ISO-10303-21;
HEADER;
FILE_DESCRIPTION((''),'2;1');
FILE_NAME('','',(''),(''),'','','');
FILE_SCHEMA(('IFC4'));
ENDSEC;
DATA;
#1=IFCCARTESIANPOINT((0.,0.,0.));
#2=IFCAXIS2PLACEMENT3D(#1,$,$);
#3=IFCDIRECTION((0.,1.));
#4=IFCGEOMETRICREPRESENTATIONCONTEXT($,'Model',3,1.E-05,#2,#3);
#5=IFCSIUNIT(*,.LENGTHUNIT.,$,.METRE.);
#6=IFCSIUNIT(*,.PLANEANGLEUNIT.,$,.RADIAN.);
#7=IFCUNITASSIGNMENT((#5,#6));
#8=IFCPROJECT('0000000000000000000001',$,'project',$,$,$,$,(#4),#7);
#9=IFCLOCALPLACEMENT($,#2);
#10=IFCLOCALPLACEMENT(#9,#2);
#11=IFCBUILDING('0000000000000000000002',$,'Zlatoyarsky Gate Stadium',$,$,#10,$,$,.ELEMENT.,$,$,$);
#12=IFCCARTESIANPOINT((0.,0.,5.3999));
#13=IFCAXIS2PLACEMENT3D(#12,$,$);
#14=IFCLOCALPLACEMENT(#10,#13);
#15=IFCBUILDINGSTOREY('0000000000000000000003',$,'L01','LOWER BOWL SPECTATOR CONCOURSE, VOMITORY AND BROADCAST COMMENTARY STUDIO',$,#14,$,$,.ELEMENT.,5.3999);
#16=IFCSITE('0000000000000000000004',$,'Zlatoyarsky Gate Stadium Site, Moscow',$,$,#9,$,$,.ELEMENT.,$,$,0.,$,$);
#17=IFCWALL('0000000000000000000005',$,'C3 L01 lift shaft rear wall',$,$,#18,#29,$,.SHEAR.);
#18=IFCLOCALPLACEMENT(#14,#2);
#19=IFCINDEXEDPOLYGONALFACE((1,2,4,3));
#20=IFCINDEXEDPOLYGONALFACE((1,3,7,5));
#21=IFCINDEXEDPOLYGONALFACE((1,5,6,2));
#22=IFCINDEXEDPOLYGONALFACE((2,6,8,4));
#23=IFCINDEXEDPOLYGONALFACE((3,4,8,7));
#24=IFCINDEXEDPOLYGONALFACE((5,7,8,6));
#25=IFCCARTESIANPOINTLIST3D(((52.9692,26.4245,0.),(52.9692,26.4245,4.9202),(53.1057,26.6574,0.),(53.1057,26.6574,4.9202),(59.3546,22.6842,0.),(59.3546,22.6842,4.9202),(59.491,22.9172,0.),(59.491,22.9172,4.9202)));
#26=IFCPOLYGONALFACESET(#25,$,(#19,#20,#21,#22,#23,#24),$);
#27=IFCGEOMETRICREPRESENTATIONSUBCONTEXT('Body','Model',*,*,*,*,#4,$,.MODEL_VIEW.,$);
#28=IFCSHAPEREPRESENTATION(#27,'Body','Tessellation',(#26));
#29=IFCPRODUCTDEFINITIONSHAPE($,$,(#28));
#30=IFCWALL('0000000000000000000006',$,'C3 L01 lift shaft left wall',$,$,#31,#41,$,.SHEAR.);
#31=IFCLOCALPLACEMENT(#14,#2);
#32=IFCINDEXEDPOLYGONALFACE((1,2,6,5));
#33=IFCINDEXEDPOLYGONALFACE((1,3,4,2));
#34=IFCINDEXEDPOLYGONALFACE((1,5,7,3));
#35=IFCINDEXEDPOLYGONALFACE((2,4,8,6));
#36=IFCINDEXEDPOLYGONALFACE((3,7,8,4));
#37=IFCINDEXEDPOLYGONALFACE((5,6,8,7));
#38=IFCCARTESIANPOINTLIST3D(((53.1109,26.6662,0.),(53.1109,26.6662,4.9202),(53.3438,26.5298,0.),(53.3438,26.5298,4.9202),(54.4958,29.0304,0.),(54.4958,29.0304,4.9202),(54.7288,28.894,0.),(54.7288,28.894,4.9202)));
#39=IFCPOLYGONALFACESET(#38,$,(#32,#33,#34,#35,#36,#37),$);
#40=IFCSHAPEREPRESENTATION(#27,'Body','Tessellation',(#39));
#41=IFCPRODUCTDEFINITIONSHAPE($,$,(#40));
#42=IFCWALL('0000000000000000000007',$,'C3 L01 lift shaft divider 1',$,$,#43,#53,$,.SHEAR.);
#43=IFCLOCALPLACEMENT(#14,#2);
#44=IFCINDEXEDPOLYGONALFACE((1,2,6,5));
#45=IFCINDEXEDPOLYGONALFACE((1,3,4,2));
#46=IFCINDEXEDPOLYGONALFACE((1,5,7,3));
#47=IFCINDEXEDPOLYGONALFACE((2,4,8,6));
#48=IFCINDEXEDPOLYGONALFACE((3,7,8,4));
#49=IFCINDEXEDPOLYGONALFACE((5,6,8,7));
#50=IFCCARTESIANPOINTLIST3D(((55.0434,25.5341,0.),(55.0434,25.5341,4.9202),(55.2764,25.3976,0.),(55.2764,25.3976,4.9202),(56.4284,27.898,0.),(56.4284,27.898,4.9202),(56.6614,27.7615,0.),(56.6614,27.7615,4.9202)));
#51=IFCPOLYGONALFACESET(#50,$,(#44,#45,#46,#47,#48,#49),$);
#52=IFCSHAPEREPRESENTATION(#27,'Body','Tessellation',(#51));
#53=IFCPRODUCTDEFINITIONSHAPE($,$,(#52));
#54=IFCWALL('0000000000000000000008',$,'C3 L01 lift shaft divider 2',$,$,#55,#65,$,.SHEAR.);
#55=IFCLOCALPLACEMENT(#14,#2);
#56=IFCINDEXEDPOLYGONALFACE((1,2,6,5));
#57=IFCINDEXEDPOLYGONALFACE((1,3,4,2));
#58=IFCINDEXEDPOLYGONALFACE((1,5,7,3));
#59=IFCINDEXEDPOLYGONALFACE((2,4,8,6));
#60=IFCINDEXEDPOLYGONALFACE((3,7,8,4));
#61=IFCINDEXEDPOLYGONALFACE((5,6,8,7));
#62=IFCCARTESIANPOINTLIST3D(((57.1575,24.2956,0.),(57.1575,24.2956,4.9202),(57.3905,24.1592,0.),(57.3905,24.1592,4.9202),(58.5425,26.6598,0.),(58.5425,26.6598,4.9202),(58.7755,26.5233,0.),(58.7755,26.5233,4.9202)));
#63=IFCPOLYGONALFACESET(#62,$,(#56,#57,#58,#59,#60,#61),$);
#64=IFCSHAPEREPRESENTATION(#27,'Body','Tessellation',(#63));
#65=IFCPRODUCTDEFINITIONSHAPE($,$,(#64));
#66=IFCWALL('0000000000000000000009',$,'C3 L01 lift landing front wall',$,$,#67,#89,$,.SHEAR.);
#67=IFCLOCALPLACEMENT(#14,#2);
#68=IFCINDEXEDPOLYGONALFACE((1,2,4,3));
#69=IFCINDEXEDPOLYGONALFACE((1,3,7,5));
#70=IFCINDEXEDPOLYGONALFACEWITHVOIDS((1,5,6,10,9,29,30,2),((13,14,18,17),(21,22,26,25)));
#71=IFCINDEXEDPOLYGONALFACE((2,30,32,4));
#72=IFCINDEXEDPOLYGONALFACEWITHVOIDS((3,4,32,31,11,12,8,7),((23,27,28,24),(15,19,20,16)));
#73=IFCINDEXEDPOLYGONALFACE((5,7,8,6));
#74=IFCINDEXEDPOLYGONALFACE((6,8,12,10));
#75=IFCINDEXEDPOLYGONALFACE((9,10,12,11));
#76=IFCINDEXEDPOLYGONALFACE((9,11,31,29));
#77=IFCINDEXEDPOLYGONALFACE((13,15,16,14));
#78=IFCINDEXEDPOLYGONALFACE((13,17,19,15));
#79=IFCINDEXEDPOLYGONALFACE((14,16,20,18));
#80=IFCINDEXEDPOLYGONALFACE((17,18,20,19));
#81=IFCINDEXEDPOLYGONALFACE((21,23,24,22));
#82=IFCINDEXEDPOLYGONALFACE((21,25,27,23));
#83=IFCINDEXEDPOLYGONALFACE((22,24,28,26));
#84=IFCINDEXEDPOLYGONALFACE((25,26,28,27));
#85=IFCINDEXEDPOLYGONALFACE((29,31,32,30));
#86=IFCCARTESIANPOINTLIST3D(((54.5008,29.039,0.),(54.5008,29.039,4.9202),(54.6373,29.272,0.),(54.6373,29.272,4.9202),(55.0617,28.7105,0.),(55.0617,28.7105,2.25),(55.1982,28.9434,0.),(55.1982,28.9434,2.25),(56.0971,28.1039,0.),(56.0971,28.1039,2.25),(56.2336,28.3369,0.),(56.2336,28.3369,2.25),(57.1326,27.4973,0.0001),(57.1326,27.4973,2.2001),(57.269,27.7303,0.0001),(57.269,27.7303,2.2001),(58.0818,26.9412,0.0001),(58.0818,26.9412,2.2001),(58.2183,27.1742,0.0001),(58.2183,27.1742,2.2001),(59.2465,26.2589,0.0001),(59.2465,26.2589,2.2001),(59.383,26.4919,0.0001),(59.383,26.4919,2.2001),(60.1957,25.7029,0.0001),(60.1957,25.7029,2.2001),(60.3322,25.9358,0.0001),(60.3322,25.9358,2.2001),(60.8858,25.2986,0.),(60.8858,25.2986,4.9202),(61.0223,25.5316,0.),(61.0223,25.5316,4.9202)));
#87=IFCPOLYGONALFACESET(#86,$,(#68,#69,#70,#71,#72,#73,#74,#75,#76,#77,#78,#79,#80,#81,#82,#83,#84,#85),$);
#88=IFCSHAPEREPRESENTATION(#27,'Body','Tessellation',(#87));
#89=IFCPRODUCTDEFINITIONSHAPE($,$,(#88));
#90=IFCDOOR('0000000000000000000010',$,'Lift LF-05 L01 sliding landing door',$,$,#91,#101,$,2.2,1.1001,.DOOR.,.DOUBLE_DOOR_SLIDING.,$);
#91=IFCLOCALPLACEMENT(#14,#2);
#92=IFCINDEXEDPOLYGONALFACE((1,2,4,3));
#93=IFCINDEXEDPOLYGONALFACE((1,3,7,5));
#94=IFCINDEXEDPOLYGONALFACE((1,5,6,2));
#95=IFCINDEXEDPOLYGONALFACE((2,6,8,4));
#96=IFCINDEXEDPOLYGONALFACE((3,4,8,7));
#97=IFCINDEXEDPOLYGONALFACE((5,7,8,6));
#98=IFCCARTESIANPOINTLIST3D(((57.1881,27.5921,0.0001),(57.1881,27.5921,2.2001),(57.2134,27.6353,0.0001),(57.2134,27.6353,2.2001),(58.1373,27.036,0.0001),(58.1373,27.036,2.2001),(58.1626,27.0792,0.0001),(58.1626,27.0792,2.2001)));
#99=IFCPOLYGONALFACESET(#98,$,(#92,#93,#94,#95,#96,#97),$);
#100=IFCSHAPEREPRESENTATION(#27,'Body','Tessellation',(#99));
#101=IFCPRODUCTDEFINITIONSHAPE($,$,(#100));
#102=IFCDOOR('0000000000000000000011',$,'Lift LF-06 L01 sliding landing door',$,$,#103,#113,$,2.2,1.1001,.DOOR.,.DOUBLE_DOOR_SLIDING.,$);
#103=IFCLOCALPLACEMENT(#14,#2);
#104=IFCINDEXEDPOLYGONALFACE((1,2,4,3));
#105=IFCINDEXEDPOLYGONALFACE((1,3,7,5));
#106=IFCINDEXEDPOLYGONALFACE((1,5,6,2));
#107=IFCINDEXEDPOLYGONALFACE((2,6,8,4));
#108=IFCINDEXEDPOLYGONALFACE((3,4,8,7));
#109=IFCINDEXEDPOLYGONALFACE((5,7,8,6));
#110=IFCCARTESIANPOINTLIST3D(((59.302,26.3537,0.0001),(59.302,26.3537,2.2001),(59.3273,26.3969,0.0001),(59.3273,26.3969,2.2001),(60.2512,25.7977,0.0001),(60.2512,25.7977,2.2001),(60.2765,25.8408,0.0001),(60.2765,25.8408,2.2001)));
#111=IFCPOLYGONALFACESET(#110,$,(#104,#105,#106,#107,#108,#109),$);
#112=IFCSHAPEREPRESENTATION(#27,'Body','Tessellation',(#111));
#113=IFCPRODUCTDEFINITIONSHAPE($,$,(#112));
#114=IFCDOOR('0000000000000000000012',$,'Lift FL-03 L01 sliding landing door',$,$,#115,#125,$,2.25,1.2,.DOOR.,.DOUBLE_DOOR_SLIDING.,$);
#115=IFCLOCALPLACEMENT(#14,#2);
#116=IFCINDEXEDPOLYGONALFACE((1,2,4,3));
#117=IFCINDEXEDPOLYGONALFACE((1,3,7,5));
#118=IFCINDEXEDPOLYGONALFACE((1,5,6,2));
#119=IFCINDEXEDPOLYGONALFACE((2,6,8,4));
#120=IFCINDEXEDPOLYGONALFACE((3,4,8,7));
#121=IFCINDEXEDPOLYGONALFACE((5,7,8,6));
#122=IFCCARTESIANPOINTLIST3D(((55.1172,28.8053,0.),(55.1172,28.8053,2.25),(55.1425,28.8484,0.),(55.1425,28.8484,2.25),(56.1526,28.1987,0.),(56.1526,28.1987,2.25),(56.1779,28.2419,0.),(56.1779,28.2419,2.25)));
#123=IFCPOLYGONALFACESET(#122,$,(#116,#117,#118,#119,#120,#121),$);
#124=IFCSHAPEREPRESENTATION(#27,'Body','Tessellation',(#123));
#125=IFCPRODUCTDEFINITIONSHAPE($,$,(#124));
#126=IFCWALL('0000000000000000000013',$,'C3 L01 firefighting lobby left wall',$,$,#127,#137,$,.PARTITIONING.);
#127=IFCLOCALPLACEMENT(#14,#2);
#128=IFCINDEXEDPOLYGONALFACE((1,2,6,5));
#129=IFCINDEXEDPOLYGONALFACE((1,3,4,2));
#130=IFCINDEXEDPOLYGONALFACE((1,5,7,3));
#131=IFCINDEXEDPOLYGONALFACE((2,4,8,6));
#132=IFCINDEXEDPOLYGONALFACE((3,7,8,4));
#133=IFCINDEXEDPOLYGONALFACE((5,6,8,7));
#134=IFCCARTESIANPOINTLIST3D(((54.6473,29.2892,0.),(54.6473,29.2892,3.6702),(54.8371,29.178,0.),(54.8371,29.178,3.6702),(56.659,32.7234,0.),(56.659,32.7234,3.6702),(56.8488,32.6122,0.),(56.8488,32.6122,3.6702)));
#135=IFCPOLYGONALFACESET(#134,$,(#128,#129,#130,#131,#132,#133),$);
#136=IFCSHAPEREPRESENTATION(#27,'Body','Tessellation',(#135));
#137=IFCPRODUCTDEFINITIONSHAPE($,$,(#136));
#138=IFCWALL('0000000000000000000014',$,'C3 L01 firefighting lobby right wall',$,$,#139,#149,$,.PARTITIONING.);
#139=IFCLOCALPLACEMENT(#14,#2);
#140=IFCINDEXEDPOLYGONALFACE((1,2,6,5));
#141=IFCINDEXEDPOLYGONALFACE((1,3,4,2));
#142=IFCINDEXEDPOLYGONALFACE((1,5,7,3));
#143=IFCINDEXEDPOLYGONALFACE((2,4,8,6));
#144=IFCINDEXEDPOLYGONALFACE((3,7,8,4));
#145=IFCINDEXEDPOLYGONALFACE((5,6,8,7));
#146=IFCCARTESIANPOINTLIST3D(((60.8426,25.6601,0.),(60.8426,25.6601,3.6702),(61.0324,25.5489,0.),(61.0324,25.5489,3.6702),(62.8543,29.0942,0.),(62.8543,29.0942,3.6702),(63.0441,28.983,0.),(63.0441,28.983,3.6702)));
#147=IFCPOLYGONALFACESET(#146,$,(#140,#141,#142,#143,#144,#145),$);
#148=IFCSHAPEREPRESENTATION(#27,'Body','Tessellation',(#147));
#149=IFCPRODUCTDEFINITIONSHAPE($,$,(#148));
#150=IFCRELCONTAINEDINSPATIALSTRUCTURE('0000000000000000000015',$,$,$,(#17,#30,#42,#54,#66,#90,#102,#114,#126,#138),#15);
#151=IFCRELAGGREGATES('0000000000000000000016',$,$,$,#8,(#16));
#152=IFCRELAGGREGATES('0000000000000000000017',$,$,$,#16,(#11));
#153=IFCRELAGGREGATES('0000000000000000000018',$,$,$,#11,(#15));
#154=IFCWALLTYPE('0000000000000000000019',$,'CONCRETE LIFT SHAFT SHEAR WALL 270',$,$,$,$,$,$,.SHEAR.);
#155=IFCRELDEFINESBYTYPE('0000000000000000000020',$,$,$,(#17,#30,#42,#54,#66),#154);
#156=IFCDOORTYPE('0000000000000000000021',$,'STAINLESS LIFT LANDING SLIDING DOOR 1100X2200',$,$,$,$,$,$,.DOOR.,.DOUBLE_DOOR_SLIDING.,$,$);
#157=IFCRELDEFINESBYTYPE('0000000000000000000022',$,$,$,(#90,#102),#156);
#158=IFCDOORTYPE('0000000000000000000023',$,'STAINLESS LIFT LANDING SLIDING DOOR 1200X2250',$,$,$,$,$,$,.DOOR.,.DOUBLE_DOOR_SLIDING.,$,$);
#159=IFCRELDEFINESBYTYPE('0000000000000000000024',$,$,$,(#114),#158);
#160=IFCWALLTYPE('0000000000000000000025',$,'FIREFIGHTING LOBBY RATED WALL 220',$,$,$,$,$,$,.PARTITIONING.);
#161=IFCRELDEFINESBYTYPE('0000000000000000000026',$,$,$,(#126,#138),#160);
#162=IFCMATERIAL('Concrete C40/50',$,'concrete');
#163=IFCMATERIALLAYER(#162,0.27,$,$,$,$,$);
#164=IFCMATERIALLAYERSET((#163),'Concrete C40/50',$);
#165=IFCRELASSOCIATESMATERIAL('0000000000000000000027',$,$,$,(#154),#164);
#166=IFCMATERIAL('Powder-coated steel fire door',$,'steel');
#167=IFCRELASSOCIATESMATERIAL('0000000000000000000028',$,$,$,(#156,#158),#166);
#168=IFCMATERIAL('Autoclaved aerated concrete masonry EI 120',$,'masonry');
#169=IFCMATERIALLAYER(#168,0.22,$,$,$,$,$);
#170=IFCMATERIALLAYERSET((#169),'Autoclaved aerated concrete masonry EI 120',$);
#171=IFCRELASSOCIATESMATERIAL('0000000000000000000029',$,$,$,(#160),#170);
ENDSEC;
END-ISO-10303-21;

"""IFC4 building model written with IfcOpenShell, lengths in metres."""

from ifc_helpers import new_model, si_unit, direction, frame, frame_2d, origin, place, context, subcontext, project, spatial, rectangle, extrude, material, layer, layer_set, type_object, element, fill, save


model = new_model("IFC4")

# Units and contexts
model_context = context("Model", 3, precision=1e-05, world=origin(), true_north=direction((0.0, 1.0)))
body_context = subcontext(model_context, "Body", "Model", "MODEL_VIEW")
ifc_project = project(units=[si_unit("LENGTHUNIT", "METRE"), si_unit("PLANEANGLEUNIT", "RADIAN")], contexts=[model_context])

# Site, building, storey
site_placement = place(None, origin())
site = spatial("IfcSite", under=ifc_project, at=site_placement, Name="Zlatoyarsky Gate Stadium Site, Moscow", CompositionType="ELEMENT", RefElevation=0.0)
building_placement = place(site_placement, origin())
building = spatial("IfcBuilding", under=site, at=building_placement, Name="Zlatoyarsky Gate Stadium", CompositionType="ELEMENT")
storey_placement = place(building_placement, frame((0.0, 0.0, 5.3999)))
storey = spatial("IfcBuildingStorey", under=building, at=storey_placement, Name="L01", Description="LOWER BOWL SPECTATOR CONCOURSE, VOMITORY AND BROADCAST COMMENTARY STUDIO", CompositionType="ELEMENT", Elevation=5.3999)

# Shared definitions
ifc_material_1 = material(Name="Concrete C40/50", Category="concrete")

# Walls
ifc_layer_1 = layer(ifc_material_1, 0.27)
ifc_layer_set_1 = layer_set([ifc_layer_1], Name="Concrete C40/50")
wall_type_1 = type_object("IfcWallType", Name="CONCRETE LIFT SHAFT SHEAR WALL 270", PredefinedType="SHEAR", material=ifc_layer_set_1)
wall_1_placement = place(storey_placement, frame((53.0374, 26.541, 0.0), z_axis=(0.0, 0.0, 1.0), x_axis=(0.862866, -0.505433, 0.0)))
element("IfcWall", 1, at=wall_1_placement, inside=storey, type_object=wall_type_1, Name="C3 L01 lift shaft rear wall", PredefinedType="SHEAR", context=body_context, shape_type="SweptSolid", body=[
    extrude(rectangle(XDim=7.4001, YDim=0.27, at=frame_2d((3.7002, 0.0))), origin(), (0.0, 0.0, 1.0), 4.9202),
])
wall_2_placement = place(storey_placement, frame((53.2273, 26.5979, 0.0), z_axis=(0.0, 0.0, 1.0), x_axis=(0.505466, 0.862847, 0.0)))
element("IfcWall", 2, at=wall_2_placement, inside=storey, type_object=wall_type_1, Name="C3 L01 lift shaft left wall", PredefinedType="SHEAR", context=body_context, shape_type="SweptSolid", body=[
    extrude(rectangle(XDim=2.74, YDim=0.27, at=frame_2d((1.3701, 0.0))), origin(), (0.0, 0.0, 1.0), 4.9202),
])
wall_3_placement = place(storey_placement, frame((55.1599, 25.4658, 0.0), z_axis=(0.0, 0.0, 1.0), x_axis=(0.505505, 0.862824, 0.0)))
element("IfcWall", 3, at=wall_3_placement, inside=storey, type_object=wall_type_1, Name="C3 L01 lift shaft divider 1", PredefinedType="SHEAR", context=body_context, shape_type="SweptSolid", body=[
    extrude(rectangle(XDim=2.7397, YDim=0.27, at=frame_2d((1.3699, 0.0))), origin(), (0.0, 0.0, 1.0), 4.9202),
])
wall_4_placement = place(storey_placement, frame((57.2739, 24.2273, 0.0), z_axis=(0.0, 0.0, 1.0), x_axis=(0.505466, 0.862847, 0.0)))
element("IfcWall", 4, at=wall_4_placement, inside=storey, type_object=wall_type_1, Name="C3 L01 lift shaft divider 2", PredefinedType="SHEAR", context=body_context, shape_type="SweptSolid", body=[
    extrude(rectangle(XDim=2.74, YDim=0.27, at=frame_2d((1.3701, 0.0))), origin(), (0.0, 0.0, 1.0), 4.9202),
])

# Wall, openings, doors
wall_5_placement = place(storey_placement, frame((54.5691, 29.1555, 0.0), z_axis=(0.0, 0.0, 1.0), x_axis=(0.862843, -0.505472, 0.0)))
wall_5 = element("IfcWall", 5, at=wall_5_placement, inside=storey, type_object=wall_type_1, Name="C3 L01 lift landing front wall", PredefinedType="SHEAR", context=body_context, shape_type="SweptSolid", body=[
    extrude(rectangle(XDim=7.3999, YDim=0.27, at=frame_2d((3.7, 0.0))), origin(), (0.0, 0.0, 1.0), 4.9202),
])
opening_1_placement = place(wall_5_placement, frame((0.6499, 0.0, 0.0)))
opening_1 = element("IfcOpeningElement", 6, at=opening_1_placement, cuts=wall_5, PredefinedType="OPENING", context=body_context, shape_type="SweptSolid", body=[
    extrude(rectangle(XDim=1.2, YDim=2.25, at=frame_2d((0.6001, 1.125))), frame((0.0, 0.145, 0.0), z_axis=(0.0, -1.0, 0.0), x_axis=(1.0, 0.0, 0.0)), (0.0, 0.0, 1.0), 0.29),
])
opening_2_placement = place(wall_5_placement, frame((3.05, 0.0, 0.0)))
opening_2 = element("IfcOpeningElement", 7, at=opening_2_placement, cuts=wall_5, PredefinedType="OPENING", context=body_context, shape_type="SweptSolid", body=[
    extrude(rectangle(XDim=1.1001, YDim=2.2, at=frame_2d((0.55, 1.1001))), frame((0.0, 0.145, 0.0), z_axis=(0.0, -1.0, 0.0), x_axis=(1.0, 0.0, 0.0)), (0.0, 0.0, 1.0), 0.29),
])
opening_3_placement = place(wall_5_placement, frame((5.5, 0.0, 0.0)))
opening_3 = element("IfcOpeningElement", 8, at=opening_3_placement, cuts=wall_5, PredefinedType="OPENING", context=body_context, shape_type="SweptSolid", body=[
    extrude(rectangle(XDim=1.1001, YDim=2.2, at=frame_2d((0.55, 1.1001))), frame((0.0, 0.145, 0.0), z_axis=(0.0, -1.0, 0.0), x_axis=(1.0, 0.0, 0.0)), (0.0, 0.0, 1.0), 0.29),
])
ifc_material_2 = material(Name="Powder-coated steel fire door", Category="steel")
door_type_1 = type_object("IfcDoorType", Name="STAINLESS LIFT LANDING SLIDING DOOR 1100X2200", OperationType="DOUBLE_DOOR_SLIDING", PredefinedType="DOOR", material=ifc_material_2)
door_1_placement = place(opening_2_placement, origin())
door_1 = element("IfcDoor", 9, at=door_1_placement, inside=storey, type_object=door_type_1, Name="Lift LF-05 L01 sliding landing door", OperationType="DOUBLE_DOOR_SLIDING", OverallHeight=2.2, OverallWidth=1.1001, PredefinedType="DOOR", context=body_context, shape_type="SweptSolid", body=[
    extrude(rectangle(XDim=1.1001, YDim=2.2, at=frame_2d((0.55, 1.1001))), frame((0.0, 0.0249, 0.0), z_axis=(0.0, -1.0, 0.0), x_axis=(1.0, 0.0, 0.0)), (0.0, 0.0, 1.0), 0.05),
])
fill(opening_2, door_1)
door_2_placement = place(opening_3_placement, origin())
door_2 = element("IfcDoor", 10, at=door_2_placement, inside=storey, type_object=door_type_1, Name="Lift LF-06 L01 sliding landing door", OperationType="DOUBLE_DOOR_SLIDING", OverallHeight=2.2, OverallWidth=1.1001, PredefinedType="DOOR", context=body_context, shape_type="SweptSolid", body=[
    extrude(rectangle(XDim=1.1001, YDim=2.2, at=frame_2d((0.55, 1.1001))), frame((0.0, 0.0249, 0.0), z_axis=(0.0, -1.0, 0.0), x_axis=(1.0, 0.0, 0.0)), (0.0, 0.0, 1.0), 0.05),
])
fill(opening_3, door_2)
door_type_2 = type_object("IfcDoorType", Name="STAINLESS LIFT LANDING SLIDING DOOR 1200X2250", OperationType="DOUBLE_DOOR_SLIDING", PredefinedType="DOOR", material=ifc_material_2)
door_3_placement = place(opening_1_placement, origin())
door_3 = element("IfcDoor", 11, at=door_3_placement, inside=storey, type_object=door_type_2, Name="Lift FL-03 L01 sliding landing door", OperationType="DOUBLE_DOOR_SLIDING", OverallHeight=2.25, OverallWidth=1.2, PredefinedType="DOOR", context=body_context, shape_type="SweptSolid", body=[
    extrude(rectangle(XDim=1.2, YDim=2.25, at=frame_2d((0.6001, 1.125))), frame((0.0, 0.0249, 0.0), z_axis=(0.0, -1.0, 0.0), x_axis=(1.0, 0.0, 0.0)), (0.0, 0.0, 1.0), 0.05),
])
fill(opening_1, door_3)

# Walls
ifc_material_3 = material(Name="Autoclaved aerated concrete masonry EI 120", Category="masonry")
ifc_layer_2 = layer(ifc_material_3, 0.22)
ifc_layer_set_2 = layer_set([ifc_layer_2], Name="Autoclaved aerated concrete masonry EI 120")
wall_type_2 = type_object("IfcWallType", Name="FIREFIGHTING LOBBY RATED WALL 220", PredefinedType="PARTITIONING", material=ifc_layer_set_2)
for number, where, z_axis, x_axis, name in (
    (12, (54.7422, 29.2336, 0.0), (0.0, 0.0, 1.0), (0.505464, 0.862847, 0.0), "C3 L01 firefighting lobby left wall"),
    (13, (60.9375, 25.6045, 0.0), (0.0, 0.0, 1.0), (0.505464, 0.862847, 0.0), "C3 L01 firefighting lobby right wall"),
):
    element("IfcWall", number, at=place(storey_placement, frame(where, z_axis=z_axis, x_axis=x_axis)), inside=storey, type_object=wall_type_2, Name=name, PredefinedType="PARTITIONING", context=body_context, shape_type="SweptSolid", body=[
        extrude(rectangle(XDim=3.98, YDim=0.22, at=frame_2d((1.99, 0.0))), origin(), (0.0, 0.0, 1.0), 3.6702),
    ])

save(model, "model.ifc")
